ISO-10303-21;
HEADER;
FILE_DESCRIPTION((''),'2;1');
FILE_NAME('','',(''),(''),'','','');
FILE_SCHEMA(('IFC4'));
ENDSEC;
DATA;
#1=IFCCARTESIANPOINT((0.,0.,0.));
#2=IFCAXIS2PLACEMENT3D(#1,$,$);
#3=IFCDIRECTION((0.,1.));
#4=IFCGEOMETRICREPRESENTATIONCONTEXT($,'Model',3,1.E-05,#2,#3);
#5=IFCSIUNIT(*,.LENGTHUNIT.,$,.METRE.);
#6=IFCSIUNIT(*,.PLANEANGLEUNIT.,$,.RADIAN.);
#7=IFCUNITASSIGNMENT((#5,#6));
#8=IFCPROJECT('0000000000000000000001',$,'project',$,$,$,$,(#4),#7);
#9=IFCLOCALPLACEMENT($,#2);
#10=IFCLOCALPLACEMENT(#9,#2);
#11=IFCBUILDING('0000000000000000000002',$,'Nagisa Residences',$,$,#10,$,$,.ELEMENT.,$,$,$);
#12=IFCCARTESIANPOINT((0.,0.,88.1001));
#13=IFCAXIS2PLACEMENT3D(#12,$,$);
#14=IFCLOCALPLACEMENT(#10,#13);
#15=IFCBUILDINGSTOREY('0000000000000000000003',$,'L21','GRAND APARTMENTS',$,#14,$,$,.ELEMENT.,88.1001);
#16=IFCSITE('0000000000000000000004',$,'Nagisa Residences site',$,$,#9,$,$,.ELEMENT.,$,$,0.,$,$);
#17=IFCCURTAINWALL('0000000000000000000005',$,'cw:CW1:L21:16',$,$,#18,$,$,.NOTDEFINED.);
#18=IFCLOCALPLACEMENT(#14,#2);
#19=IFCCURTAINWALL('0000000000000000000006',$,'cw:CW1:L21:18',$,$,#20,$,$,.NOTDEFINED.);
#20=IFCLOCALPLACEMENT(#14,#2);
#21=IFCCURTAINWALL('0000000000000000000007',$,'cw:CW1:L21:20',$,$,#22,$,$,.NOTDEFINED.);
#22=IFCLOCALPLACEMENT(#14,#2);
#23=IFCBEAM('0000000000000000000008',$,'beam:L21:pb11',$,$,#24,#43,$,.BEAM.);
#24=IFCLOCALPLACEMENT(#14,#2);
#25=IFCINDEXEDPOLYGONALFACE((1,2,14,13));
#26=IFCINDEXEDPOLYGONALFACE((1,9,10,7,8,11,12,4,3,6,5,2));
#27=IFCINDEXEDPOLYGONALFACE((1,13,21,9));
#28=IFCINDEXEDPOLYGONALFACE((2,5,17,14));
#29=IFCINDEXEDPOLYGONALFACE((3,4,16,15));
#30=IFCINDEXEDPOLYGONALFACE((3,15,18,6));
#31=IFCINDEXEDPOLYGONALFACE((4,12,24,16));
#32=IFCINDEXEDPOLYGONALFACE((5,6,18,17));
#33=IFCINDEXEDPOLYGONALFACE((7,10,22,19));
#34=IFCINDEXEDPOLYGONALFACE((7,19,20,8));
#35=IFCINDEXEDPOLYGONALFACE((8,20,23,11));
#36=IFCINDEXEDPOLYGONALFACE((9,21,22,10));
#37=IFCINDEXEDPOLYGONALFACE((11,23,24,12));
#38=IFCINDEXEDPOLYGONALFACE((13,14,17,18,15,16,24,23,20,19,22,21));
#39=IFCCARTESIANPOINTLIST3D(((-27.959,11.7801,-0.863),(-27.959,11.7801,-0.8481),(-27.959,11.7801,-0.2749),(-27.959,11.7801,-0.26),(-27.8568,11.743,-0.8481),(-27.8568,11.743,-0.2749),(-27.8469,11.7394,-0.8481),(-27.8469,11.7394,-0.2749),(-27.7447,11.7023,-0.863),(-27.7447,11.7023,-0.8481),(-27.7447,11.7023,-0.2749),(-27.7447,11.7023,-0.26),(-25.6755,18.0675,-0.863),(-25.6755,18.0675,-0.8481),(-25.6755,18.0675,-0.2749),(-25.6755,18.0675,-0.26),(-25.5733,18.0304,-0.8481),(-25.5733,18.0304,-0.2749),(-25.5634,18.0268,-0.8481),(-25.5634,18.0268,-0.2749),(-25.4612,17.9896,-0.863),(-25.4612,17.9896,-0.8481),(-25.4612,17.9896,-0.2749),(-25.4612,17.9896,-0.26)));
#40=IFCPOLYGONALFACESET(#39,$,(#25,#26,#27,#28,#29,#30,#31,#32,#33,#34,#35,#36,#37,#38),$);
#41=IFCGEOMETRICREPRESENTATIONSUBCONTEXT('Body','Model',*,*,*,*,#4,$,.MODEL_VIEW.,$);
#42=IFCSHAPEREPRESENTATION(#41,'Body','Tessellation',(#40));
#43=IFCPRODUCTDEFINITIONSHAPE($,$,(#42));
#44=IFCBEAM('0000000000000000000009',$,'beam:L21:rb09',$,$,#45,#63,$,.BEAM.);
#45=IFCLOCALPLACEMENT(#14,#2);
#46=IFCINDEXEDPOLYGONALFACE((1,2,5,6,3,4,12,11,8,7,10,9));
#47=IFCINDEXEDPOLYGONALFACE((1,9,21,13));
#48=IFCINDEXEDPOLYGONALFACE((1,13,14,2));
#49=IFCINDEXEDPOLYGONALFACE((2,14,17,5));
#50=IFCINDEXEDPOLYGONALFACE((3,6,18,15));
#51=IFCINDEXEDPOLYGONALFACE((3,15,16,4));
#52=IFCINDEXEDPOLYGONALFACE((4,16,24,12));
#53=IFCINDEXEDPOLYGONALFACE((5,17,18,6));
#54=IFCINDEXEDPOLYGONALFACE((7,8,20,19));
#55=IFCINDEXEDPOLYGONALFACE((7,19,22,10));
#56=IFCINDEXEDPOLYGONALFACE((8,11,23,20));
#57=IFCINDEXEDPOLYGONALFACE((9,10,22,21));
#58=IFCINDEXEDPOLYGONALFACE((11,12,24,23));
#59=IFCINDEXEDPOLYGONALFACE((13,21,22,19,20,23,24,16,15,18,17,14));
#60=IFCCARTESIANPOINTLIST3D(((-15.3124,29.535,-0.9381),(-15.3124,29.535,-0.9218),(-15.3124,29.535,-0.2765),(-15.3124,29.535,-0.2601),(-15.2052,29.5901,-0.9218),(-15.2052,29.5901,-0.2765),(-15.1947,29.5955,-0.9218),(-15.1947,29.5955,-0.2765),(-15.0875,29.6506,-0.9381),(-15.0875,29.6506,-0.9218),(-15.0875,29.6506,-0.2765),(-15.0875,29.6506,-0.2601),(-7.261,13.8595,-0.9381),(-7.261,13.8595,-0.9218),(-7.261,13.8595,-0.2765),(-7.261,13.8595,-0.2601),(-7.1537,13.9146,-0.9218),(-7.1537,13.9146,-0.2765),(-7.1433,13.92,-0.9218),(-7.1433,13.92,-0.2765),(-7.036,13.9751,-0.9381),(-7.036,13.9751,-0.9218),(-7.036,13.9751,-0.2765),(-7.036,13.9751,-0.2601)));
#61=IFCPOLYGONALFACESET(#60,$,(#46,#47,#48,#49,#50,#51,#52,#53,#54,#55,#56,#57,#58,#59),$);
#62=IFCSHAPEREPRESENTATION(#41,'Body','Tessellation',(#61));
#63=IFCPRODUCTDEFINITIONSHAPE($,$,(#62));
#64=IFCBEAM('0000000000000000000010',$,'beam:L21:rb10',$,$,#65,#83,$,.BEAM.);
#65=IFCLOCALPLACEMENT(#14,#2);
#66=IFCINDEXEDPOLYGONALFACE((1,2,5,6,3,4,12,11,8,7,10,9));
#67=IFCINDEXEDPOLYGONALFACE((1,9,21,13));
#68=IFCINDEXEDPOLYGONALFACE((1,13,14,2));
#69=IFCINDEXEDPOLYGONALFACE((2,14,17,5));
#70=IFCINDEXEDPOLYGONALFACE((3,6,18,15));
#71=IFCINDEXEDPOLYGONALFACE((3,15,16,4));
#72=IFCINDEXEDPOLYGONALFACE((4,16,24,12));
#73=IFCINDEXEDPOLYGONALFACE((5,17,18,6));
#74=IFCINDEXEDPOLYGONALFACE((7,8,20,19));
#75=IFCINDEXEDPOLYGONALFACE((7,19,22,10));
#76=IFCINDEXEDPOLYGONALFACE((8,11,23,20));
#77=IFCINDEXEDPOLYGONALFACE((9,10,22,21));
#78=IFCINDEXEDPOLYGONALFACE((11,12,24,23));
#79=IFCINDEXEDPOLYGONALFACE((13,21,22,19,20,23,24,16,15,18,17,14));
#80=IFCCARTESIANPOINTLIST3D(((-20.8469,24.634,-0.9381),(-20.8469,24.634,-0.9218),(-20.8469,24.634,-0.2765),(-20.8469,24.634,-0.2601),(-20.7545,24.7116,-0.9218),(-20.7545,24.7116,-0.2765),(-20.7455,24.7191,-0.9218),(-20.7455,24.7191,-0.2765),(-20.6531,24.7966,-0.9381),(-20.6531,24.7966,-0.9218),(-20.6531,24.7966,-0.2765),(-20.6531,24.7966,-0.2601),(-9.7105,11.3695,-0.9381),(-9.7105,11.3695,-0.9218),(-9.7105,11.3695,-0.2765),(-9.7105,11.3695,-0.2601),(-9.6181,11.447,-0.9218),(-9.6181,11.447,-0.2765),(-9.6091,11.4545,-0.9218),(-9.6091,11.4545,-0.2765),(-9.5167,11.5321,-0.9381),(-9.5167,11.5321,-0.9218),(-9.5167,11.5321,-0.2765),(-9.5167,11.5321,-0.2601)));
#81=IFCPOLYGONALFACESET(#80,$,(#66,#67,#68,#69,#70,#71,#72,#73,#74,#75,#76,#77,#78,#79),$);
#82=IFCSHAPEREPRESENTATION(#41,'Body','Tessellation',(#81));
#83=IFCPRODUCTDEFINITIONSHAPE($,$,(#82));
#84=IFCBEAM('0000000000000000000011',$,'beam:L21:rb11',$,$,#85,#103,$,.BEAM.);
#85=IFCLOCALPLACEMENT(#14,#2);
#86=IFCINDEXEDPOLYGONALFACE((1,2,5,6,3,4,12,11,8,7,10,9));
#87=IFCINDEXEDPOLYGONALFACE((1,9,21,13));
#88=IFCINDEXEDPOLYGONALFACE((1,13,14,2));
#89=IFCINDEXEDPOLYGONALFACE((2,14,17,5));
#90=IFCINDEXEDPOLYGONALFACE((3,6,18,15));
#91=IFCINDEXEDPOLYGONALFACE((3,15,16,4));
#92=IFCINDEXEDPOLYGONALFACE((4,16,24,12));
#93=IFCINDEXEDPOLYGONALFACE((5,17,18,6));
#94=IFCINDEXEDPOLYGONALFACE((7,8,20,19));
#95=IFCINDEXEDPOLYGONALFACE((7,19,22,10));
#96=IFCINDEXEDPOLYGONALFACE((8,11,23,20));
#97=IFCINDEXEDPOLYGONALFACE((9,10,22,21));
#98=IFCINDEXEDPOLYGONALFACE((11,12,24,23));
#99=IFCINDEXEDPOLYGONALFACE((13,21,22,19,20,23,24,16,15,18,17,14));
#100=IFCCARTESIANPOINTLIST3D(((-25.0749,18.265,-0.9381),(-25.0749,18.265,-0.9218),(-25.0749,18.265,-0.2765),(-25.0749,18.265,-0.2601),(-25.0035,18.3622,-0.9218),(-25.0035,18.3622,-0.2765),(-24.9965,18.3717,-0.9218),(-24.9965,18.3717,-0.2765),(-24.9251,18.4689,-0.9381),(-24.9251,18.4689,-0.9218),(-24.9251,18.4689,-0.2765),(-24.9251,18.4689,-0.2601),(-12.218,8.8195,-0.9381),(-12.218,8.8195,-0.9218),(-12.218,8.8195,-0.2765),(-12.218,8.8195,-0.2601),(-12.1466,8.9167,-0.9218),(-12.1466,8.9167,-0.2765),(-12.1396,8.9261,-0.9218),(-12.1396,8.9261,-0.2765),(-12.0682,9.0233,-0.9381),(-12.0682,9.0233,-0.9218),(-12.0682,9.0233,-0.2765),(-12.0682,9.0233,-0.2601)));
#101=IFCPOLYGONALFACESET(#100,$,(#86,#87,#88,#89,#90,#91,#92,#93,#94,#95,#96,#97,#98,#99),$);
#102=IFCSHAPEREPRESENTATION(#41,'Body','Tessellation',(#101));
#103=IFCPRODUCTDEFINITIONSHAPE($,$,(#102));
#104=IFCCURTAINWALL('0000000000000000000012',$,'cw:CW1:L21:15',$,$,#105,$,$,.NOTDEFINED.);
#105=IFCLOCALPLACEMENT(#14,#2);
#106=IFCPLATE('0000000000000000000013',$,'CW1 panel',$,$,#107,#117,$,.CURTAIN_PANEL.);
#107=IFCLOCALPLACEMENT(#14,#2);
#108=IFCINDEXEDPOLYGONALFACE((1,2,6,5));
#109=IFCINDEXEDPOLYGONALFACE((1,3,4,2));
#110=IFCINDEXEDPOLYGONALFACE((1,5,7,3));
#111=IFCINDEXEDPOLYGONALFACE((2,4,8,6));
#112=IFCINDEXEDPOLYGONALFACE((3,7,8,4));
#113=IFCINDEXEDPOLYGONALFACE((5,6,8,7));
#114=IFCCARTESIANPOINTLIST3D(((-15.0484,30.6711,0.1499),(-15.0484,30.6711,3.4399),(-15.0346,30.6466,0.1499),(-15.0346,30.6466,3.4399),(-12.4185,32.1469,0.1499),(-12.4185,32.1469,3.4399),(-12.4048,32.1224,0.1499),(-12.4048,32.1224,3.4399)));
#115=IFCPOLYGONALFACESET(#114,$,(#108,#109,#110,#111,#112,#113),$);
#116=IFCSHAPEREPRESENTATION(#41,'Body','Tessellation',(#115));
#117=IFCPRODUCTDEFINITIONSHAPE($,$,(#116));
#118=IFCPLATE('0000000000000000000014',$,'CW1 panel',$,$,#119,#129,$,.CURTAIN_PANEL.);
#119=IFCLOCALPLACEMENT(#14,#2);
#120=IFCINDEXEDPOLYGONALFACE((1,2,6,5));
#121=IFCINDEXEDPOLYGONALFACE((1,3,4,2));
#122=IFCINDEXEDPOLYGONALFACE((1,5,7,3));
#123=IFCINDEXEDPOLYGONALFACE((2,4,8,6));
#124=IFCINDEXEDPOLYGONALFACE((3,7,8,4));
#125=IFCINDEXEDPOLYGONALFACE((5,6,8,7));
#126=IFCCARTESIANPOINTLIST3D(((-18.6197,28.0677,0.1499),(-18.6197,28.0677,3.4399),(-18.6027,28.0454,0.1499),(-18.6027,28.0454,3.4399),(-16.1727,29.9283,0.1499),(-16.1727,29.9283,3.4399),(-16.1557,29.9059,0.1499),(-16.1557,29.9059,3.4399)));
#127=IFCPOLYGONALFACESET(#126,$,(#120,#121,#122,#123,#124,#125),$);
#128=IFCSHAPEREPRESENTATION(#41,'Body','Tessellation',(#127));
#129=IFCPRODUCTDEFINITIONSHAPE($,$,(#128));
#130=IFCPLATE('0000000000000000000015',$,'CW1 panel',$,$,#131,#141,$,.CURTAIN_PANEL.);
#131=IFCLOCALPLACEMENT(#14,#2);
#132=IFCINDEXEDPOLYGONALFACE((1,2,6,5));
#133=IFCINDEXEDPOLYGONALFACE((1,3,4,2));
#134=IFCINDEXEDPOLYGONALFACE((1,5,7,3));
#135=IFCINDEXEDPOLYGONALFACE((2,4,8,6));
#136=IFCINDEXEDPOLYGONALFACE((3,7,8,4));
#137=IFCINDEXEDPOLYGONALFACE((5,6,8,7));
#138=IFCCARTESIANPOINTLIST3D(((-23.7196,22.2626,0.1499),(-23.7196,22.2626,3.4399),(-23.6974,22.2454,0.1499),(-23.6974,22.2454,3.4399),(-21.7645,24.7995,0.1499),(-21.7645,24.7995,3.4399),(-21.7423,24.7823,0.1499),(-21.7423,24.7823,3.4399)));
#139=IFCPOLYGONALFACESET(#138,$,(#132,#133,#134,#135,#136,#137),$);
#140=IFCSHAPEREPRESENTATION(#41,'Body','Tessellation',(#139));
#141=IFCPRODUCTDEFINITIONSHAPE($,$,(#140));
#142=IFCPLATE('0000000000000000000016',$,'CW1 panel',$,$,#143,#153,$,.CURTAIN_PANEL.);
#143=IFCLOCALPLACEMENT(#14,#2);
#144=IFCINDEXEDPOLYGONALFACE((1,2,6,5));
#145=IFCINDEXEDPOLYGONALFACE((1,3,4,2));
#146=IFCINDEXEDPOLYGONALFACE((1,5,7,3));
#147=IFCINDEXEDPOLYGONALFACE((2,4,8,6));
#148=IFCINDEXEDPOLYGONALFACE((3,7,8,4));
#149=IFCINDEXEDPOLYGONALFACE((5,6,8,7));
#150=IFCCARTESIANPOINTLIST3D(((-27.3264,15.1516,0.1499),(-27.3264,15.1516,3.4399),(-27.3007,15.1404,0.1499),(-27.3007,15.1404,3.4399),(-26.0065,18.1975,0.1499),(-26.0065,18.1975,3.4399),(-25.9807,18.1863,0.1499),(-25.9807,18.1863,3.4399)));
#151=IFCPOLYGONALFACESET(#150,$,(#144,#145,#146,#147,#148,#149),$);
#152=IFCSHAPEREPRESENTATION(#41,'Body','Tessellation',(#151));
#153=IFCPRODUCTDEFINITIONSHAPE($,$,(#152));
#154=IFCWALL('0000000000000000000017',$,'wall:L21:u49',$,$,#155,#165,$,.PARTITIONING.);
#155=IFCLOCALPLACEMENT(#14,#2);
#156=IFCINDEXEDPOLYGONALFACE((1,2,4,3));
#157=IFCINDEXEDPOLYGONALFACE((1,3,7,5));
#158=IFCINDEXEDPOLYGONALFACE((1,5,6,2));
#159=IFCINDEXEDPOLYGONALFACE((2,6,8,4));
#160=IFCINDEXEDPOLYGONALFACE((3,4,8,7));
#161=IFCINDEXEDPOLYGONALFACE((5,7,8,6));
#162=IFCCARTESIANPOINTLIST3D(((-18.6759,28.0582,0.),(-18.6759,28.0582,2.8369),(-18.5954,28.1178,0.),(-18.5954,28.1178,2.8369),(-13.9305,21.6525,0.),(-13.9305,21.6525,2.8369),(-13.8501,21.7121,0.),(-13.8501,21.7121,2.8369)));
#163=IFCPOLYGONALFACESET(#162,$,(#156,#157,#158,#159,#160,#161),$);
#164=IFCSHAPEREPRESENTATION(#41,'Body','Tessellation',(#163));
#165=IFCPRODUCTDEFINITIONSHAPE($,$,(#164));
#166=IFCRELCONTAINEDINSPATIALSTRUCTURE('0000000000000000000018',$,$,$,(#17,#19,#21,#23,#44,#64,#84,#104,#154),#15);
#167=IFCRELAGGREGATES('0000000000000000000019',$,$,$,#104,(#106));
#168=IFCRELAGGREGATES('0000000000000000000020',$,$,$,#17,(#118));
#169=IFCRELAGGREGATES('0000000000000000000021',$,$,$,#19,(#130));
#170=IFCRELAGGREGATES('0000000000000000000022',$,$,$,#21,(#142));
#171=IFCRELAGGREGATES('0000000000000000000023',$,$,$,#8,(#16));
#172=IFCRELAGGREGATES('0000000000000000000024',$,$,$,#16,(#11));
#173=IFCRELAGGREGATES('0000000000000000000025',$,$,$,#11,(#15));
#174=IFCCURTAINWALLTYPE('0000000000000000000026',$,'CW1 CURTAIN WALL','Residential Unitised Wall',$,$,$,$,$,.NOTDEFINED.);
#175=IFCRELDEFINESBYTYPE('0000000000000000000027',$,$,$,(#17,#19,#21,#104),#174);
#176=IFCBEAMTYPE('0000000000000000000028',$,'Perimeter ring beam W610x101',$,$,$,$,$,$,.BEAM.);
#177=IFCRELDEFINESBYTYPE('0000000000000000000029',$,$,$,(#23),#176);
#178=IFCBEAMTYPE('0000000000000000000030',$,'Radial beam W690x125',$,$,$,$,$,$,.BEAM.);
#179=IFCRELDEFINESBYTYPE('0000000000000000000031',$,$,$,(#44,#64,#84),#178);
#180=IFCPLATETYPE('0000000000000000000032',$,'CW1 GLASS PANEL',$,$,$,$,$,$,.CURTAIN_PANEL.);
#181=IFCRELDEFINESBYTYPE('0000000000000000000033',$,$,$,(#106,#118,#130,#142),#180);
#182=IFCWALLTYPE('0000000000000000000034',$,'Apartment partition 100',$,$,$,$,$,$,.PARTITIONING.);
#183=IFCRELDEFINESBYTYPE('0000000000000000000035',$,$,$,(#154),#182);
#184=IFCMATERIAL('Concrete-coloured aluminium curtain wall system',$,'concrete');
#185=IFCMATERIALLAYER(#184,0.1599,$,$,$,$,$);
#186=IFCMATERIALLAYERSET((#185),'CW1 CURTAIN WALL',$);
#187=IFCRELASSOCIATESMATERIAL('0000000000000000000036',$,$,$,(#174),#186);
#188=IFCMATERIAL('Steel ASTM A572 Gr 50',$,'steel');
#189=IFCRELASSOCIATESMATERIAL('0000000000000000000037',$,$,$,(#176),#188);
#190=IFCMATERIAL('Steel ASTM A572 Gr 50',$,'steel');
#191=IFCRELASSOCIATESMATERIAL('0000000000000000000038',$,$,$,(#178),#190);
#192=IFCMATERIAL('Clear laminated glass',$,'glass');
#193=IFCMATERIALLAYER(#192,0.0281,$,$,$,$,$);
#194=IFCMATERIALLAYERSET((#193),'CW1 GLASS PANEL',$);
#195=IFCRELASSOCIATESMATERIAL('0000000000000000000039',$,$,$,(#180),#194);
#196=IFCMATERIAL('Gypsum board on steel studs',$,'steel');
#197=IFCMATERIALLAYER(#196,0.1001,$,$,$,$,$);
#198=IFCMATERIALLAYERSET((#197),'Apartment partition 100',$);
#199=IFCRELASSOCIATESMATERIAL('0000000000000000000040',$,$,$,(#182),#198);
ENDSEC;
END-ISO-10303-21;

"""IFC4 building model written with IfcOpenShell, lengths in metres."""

from ifc_helpers import new_model, si_unit, direction, frame, frame_2d, origin, origin_2d, place, context, subcontext, project, spatial, rectangle, i_section, extrude, material, layer, layer_set, material_profile, profile_set, type_object, element, aggregate, save


model = new_model("IFC4")

# Units and contexts
model_context = context("Model", 3, precision=1e-05, world=origin(), true_north=direction((0.0, 1.0)))
body_context = subcontext(model_context, "Body", "Model", "MODEL_VIEW")
ifc_project = project(units=[si_unit("LENGTHUNIT", "METRE"), si_unit("PLANEANGLEUNIT", "RADIAN")], contexts=[model_context])

# Site, building, storey
site_placement = place(None, origin())
site = spatial("IfcSite", under=ifc_project, at=site_placement, Name="Nagisa Residences site", CompositionType="ELEMENT", RefElevation=0.0)
building_placement = place(site_placement, origin())
building = spatial("IfcBuilding", under=site, at=building_placement, Name="Nagisa Residences", CompositionType="ELEMENT")
storey_placement = place(building_placement, frame((0.0, 0.0, 88.1001)))
storey = spatial("IfcBuildingStorey", under=building, at=storey_placement, Name="L21", Description="GRAND APARTMENTS", CompositionType="ELEMENT", Elevation=88.1001)

# Curtain walls
ifc_material_1 = material(Name="Concrete-coloured aluminium curtain wall system", Category="concrete")
ifc_layer_1 = layer(ifc_material_1, 0.1599)
ifc_layer_set_1 = layer_set([ifc_layer_1], Name="CW1 CURTAIN WALL")
curtain_wall_type = type_object("IfcCurtainWallType", Name="CW1 CURTAIN WALL", Description="Residential Unitised Wall", PredefinedType="NOTDEFINED", material=ifc_layer_set_1)
curtain_wall_1_placement = place(storey_placement, origin())
curtain_wall_1 = element("IfcCurtainWall", 1, at=curtain_wall_1_placement, inside=storey, type_object=curtain_wall_type, Name="cw:CW1:L21:16", PredefinedType="NOTDEFINED")
curtain_wall_2_placement = place(storey_placement, origin())
curtain_wall_2 = element("IfcCurtainWall", 2, at=curtain_wall_2_placement, inside=storey, type_object=curtain_wall_type, Name="cw:CW1:L21:18", PredefinedType="NOTDEFINED")
curtain_wall_3_placement = place(storey_placement, origin())
curtain_wall_3 = element("IfcCurtainWall", 3, at=curtain_wall_3_placement, inside=storey, type_object=curtain_wall_type, Name="cw:CW1:L21:20", PredefinedType="NOTDEFINED")

# Beams
ifc_material_2 = material(Name="Steel ASTM A572 Gr 50", Category="steel")
ifc_material_profile_1 = material_profile(ifc_material_2, i_section(OverallWidth=0.228, OverallDepth=0.603, WebThickness=0.0105, FlangeThickness=0.0149, at=origin_2d()), Name="W610x101")
ifc_profile_set_1 = profile_set([ifc_material_profile_1], Name="Steel ASTM A572 Gr 50")
beam_type_1 = type_object("IfcBeamType", Name="Perimeter ring beam W610x101", PredefinedType="BEAM", material=ifc_profile_set_1)
beam_1_placement = place(storey_placement, frame((-25.5684, 18.0286, -0.5615), z_axis=(-0.341365, -0.939931, 0.0), x_axis=(0.939931, -0.341365, 0.0)))
element("IfcBeam", 4, at=beam_1_placement, inside=storey, type_object=beam_type_1, Name="beam:L21:pb11", PredefinedType="BEAM", context=body_context, shape_type="SweptSolid", body=[
    extrude(i_section(OverallWidth=0.228, OverallDepth=0.603, WebThickness=0.0105, FlangeThickness=0.0149, at=origin_2d()), origin(), (0.0, 0.0, 1.0), 6.6892),
])
ifc_material_3 = material(Name="Steel ASTM A572 Gr 50", Category="steel")
ifc_material_profile_2 = material_profile(ifc_material_3, i_section(OverallWidth=0.2529, OverallDepth=0.678, WebThickness=0.0117, FlangeThickness=0.0164, at=origin_2d()), Name="W690x125")
ifc_profile_set_2 = profile_set([ifc_material_profile_2], Name="Steel ASTM A572 Gr 50")
beam_type_2 = type_object("IfcBeamType", Name="Radial beam W690x125", PredefinedType="BEAM", material=ifc_profile_set_2)
beam_2_placement = place(storey_placement, frame((-15.2, 29.5928, -0.5991), z_axis=(0.456891, -0.889523, 0.0), x_axis=(0.889523, 0.456891, 0.0)))
element("IfcBeam", 5, at=beam_2_placement, inside=storey, type_object=beam_type_2, Name="beam:L21:rb09", PredefinedType="BEAM", context=body_context, shape_type="SweptSolid", body=[
    extrude(i_section(OverallWidth=0.2529, OverallDepth=0.678, WebThickness=0.0117, FlangeThickness=0.0164, at=origin_2d()), origin(), (0.0, 0.0, 1.0), 17.6223),
])
beam_3_placement = place(storey_placement, frame((-20.75, 24.7153, -0.5991), z_axis=(0.642995, -0.765871, 0.0), x_axis=(0.765871, 0.642995, 0.0)))
element("IfcBeam", 6, at=beam_3_placement, inside=storey, type_object=beam_type_2, Name="beam:L21:rb10", PredefinedType="BEAM", context=body_context, shape_type="SweptSolid", body=[
    extrude(i_section(OverallWidth=0.2529, OverallDepth=0.678, WebThickness=0.0117, FlangeThickness=0.0164, at=origin_2d()), origin(), (0.0, 0.0, 1.0), 17.3196),
])
beam_4_placement = place(storey_placement, frame((-25.0, 18.3669, -0.5991), z_axis=(0.805892, -0.592062, 0.0), x_axis=(0.592062, 0.805892, 0.0)))
element("IfcBeam", 7, at=beam_4_placement, inside=storey, type_object=beam_type_2, Name="beam:L21:rb11", PredefinedType="BEAM", context=body_context, shape_type="SweptSolid", body=[
    extrude(i_section(OverallWidth=0.2529, OverallDepth=0.678, WebThickness=0.0117, FlangeThickness=0.0164, at=origin_2d()), origin(), (0.0, 0.0, 1.0), 15.9536),
])

# Curtain wall, plate
curtain_wall_4_placement = place(storey_placement, origin())
curtain_wall_4 = element("IfcCurtainWall", 8, at=curtain_wall_4_placement, inside=storey, type_object=curtain_wall_type, Name="cw:CW1:L21:15", PredefinedType="NOTDEFINED")
ifc_material_4 = material(Name="Clear laminated glass", Category="glass")
ifc_layer_2 = layer(ifc_material_4, 0.0281)
ifc_layer_set_2 = layer_set([ifc_layer_2], Name="CW1 GLASS PANEL")
plate_type = type_object("IfcPlateType", Name="CW1 GLASS PANEL", PredefinedType="CURTAIN_PANEL", material=ifc_layer_set_2)
plate_1_placement = place(storey_placement, frame((-13.7266, 31.3967, 0.1499), z_axis=(0.0, 0.0, 1.0), x_axis=(-0.872072, -0.489377, 0.0)))
plate_1 = element("IfcPlate", 9, at=plate_1_placement, type_object=plate_type, Name="CW1 panel", PredefinedType="CURTAIN_PANEL", context=body_context, shape_type="SweptSolid", body=[
    extrude(rectangle(XDim=3.0156, YDim=0.0281, at=origin_2d()), origin(), (0.0, 0.0, 1.0), 3.29),
])
aggregate(curtain_wall_4, [plate_1])

# Plates
plate_2_placement = place(storey_placement, frame((-17.3877, 28.9868, 0.1499), z_axis=(0.0, 0.0, 1.0), x_axis=(-0.796031, -0.605255, 0.0)))
plate_2 = element("IfcPlate", 10, at=plate_2_placement, type_object=plate_type, Name="CW1 panel", PredefinedType="CURTAIN_PANEL", context=body_context, shape_type="SweptSolid", body=[
    extrude(rectangle(XDim=3.074, YDim=0.0281, at=origin_2d()), origin(), (0.0, 0.0, 1.0), 3.29),
])
aggregate(curtain_wall_1, [plate_2])
plate_3_placement = place(storey_placement, frame((-22.731, 23.5225, 0.1499), z_axis=(0.0, 0.0, 1.0), x_axis=(-0.61043, -0.79207, 0.0)))
plate_3 = element("IfcPlate", 11, at=plate_3_placement, type_object=plate_type, Name="CW1 panel", PredefinedType="CURTAIN_PANEL", context=body_context, shape_type="SweptSolid", body=[
    extrude(rectangle(XDim=3.2029, YDim=0.0281, at=origin_2d()), origin(), (0.0, 0.0, 1.0), 3.29),
])
aggregate(curtain_wall_2, [plate_3])
plate_4_placement = place(storey_placement, frame((-26.6536, 16.6689, 0.1499), z_axis=(0.0, 0.0, 1.0), x_axis=(-0.397636, -0.917543, 0.0)))
plate_4 = element("IfcPlate", 12, at=plate_4_placement, type_object=plate_type, Name="CW1 panel", PredefinedType="CURTAIN_PANEL", context=body_context, shape_type="SweptSolid", body=[
    extrude(rectangle(XDim=3.3196, YDim=0.0281, at=origin_2d()), origin(), (0.0, 0.0, 1.0), 3.29),
])
aggregate(curtain_wall_3, [plate_4])

# Wall
ifc_material_5 = material(Name="Gypsum board on steel studs", Category="steel")
ifc_layer_3 = layer(ifc_material_5, 0.1001)
ifc_layer_set_3 = layer_set([ifc_layer_3], Name="Apartment partition 100")
wall_type_1 = type_object("IfcWallType", Name="Apartment partition 100", PredefinedType="PARTITIONING", material=ifc_layer_set_3)
wall_1_placement = place(storey_placement, frame((-13.8904, 21.6824, 0.0), z_axis=(0.0, 0.0, 1.0), x_axis=(-0.595256, 0.803536, 0.0)))
element("IfcWall", 13, at=wall_1_placement, inside=storey, type_object=wall_type_1, Name="wall:L21:u49", PredefinedType="PARTITIONING", context=body_context, shape_type="SweptSolid", body=[
    extrude(rectangle(XDim=7.9719, YDim=0.1001, at=frame_2d((3.9858, 0.0))), origin(), (0.0, 0.0, 1.0), 2.8369),
])

save(model, "model.ifc")
